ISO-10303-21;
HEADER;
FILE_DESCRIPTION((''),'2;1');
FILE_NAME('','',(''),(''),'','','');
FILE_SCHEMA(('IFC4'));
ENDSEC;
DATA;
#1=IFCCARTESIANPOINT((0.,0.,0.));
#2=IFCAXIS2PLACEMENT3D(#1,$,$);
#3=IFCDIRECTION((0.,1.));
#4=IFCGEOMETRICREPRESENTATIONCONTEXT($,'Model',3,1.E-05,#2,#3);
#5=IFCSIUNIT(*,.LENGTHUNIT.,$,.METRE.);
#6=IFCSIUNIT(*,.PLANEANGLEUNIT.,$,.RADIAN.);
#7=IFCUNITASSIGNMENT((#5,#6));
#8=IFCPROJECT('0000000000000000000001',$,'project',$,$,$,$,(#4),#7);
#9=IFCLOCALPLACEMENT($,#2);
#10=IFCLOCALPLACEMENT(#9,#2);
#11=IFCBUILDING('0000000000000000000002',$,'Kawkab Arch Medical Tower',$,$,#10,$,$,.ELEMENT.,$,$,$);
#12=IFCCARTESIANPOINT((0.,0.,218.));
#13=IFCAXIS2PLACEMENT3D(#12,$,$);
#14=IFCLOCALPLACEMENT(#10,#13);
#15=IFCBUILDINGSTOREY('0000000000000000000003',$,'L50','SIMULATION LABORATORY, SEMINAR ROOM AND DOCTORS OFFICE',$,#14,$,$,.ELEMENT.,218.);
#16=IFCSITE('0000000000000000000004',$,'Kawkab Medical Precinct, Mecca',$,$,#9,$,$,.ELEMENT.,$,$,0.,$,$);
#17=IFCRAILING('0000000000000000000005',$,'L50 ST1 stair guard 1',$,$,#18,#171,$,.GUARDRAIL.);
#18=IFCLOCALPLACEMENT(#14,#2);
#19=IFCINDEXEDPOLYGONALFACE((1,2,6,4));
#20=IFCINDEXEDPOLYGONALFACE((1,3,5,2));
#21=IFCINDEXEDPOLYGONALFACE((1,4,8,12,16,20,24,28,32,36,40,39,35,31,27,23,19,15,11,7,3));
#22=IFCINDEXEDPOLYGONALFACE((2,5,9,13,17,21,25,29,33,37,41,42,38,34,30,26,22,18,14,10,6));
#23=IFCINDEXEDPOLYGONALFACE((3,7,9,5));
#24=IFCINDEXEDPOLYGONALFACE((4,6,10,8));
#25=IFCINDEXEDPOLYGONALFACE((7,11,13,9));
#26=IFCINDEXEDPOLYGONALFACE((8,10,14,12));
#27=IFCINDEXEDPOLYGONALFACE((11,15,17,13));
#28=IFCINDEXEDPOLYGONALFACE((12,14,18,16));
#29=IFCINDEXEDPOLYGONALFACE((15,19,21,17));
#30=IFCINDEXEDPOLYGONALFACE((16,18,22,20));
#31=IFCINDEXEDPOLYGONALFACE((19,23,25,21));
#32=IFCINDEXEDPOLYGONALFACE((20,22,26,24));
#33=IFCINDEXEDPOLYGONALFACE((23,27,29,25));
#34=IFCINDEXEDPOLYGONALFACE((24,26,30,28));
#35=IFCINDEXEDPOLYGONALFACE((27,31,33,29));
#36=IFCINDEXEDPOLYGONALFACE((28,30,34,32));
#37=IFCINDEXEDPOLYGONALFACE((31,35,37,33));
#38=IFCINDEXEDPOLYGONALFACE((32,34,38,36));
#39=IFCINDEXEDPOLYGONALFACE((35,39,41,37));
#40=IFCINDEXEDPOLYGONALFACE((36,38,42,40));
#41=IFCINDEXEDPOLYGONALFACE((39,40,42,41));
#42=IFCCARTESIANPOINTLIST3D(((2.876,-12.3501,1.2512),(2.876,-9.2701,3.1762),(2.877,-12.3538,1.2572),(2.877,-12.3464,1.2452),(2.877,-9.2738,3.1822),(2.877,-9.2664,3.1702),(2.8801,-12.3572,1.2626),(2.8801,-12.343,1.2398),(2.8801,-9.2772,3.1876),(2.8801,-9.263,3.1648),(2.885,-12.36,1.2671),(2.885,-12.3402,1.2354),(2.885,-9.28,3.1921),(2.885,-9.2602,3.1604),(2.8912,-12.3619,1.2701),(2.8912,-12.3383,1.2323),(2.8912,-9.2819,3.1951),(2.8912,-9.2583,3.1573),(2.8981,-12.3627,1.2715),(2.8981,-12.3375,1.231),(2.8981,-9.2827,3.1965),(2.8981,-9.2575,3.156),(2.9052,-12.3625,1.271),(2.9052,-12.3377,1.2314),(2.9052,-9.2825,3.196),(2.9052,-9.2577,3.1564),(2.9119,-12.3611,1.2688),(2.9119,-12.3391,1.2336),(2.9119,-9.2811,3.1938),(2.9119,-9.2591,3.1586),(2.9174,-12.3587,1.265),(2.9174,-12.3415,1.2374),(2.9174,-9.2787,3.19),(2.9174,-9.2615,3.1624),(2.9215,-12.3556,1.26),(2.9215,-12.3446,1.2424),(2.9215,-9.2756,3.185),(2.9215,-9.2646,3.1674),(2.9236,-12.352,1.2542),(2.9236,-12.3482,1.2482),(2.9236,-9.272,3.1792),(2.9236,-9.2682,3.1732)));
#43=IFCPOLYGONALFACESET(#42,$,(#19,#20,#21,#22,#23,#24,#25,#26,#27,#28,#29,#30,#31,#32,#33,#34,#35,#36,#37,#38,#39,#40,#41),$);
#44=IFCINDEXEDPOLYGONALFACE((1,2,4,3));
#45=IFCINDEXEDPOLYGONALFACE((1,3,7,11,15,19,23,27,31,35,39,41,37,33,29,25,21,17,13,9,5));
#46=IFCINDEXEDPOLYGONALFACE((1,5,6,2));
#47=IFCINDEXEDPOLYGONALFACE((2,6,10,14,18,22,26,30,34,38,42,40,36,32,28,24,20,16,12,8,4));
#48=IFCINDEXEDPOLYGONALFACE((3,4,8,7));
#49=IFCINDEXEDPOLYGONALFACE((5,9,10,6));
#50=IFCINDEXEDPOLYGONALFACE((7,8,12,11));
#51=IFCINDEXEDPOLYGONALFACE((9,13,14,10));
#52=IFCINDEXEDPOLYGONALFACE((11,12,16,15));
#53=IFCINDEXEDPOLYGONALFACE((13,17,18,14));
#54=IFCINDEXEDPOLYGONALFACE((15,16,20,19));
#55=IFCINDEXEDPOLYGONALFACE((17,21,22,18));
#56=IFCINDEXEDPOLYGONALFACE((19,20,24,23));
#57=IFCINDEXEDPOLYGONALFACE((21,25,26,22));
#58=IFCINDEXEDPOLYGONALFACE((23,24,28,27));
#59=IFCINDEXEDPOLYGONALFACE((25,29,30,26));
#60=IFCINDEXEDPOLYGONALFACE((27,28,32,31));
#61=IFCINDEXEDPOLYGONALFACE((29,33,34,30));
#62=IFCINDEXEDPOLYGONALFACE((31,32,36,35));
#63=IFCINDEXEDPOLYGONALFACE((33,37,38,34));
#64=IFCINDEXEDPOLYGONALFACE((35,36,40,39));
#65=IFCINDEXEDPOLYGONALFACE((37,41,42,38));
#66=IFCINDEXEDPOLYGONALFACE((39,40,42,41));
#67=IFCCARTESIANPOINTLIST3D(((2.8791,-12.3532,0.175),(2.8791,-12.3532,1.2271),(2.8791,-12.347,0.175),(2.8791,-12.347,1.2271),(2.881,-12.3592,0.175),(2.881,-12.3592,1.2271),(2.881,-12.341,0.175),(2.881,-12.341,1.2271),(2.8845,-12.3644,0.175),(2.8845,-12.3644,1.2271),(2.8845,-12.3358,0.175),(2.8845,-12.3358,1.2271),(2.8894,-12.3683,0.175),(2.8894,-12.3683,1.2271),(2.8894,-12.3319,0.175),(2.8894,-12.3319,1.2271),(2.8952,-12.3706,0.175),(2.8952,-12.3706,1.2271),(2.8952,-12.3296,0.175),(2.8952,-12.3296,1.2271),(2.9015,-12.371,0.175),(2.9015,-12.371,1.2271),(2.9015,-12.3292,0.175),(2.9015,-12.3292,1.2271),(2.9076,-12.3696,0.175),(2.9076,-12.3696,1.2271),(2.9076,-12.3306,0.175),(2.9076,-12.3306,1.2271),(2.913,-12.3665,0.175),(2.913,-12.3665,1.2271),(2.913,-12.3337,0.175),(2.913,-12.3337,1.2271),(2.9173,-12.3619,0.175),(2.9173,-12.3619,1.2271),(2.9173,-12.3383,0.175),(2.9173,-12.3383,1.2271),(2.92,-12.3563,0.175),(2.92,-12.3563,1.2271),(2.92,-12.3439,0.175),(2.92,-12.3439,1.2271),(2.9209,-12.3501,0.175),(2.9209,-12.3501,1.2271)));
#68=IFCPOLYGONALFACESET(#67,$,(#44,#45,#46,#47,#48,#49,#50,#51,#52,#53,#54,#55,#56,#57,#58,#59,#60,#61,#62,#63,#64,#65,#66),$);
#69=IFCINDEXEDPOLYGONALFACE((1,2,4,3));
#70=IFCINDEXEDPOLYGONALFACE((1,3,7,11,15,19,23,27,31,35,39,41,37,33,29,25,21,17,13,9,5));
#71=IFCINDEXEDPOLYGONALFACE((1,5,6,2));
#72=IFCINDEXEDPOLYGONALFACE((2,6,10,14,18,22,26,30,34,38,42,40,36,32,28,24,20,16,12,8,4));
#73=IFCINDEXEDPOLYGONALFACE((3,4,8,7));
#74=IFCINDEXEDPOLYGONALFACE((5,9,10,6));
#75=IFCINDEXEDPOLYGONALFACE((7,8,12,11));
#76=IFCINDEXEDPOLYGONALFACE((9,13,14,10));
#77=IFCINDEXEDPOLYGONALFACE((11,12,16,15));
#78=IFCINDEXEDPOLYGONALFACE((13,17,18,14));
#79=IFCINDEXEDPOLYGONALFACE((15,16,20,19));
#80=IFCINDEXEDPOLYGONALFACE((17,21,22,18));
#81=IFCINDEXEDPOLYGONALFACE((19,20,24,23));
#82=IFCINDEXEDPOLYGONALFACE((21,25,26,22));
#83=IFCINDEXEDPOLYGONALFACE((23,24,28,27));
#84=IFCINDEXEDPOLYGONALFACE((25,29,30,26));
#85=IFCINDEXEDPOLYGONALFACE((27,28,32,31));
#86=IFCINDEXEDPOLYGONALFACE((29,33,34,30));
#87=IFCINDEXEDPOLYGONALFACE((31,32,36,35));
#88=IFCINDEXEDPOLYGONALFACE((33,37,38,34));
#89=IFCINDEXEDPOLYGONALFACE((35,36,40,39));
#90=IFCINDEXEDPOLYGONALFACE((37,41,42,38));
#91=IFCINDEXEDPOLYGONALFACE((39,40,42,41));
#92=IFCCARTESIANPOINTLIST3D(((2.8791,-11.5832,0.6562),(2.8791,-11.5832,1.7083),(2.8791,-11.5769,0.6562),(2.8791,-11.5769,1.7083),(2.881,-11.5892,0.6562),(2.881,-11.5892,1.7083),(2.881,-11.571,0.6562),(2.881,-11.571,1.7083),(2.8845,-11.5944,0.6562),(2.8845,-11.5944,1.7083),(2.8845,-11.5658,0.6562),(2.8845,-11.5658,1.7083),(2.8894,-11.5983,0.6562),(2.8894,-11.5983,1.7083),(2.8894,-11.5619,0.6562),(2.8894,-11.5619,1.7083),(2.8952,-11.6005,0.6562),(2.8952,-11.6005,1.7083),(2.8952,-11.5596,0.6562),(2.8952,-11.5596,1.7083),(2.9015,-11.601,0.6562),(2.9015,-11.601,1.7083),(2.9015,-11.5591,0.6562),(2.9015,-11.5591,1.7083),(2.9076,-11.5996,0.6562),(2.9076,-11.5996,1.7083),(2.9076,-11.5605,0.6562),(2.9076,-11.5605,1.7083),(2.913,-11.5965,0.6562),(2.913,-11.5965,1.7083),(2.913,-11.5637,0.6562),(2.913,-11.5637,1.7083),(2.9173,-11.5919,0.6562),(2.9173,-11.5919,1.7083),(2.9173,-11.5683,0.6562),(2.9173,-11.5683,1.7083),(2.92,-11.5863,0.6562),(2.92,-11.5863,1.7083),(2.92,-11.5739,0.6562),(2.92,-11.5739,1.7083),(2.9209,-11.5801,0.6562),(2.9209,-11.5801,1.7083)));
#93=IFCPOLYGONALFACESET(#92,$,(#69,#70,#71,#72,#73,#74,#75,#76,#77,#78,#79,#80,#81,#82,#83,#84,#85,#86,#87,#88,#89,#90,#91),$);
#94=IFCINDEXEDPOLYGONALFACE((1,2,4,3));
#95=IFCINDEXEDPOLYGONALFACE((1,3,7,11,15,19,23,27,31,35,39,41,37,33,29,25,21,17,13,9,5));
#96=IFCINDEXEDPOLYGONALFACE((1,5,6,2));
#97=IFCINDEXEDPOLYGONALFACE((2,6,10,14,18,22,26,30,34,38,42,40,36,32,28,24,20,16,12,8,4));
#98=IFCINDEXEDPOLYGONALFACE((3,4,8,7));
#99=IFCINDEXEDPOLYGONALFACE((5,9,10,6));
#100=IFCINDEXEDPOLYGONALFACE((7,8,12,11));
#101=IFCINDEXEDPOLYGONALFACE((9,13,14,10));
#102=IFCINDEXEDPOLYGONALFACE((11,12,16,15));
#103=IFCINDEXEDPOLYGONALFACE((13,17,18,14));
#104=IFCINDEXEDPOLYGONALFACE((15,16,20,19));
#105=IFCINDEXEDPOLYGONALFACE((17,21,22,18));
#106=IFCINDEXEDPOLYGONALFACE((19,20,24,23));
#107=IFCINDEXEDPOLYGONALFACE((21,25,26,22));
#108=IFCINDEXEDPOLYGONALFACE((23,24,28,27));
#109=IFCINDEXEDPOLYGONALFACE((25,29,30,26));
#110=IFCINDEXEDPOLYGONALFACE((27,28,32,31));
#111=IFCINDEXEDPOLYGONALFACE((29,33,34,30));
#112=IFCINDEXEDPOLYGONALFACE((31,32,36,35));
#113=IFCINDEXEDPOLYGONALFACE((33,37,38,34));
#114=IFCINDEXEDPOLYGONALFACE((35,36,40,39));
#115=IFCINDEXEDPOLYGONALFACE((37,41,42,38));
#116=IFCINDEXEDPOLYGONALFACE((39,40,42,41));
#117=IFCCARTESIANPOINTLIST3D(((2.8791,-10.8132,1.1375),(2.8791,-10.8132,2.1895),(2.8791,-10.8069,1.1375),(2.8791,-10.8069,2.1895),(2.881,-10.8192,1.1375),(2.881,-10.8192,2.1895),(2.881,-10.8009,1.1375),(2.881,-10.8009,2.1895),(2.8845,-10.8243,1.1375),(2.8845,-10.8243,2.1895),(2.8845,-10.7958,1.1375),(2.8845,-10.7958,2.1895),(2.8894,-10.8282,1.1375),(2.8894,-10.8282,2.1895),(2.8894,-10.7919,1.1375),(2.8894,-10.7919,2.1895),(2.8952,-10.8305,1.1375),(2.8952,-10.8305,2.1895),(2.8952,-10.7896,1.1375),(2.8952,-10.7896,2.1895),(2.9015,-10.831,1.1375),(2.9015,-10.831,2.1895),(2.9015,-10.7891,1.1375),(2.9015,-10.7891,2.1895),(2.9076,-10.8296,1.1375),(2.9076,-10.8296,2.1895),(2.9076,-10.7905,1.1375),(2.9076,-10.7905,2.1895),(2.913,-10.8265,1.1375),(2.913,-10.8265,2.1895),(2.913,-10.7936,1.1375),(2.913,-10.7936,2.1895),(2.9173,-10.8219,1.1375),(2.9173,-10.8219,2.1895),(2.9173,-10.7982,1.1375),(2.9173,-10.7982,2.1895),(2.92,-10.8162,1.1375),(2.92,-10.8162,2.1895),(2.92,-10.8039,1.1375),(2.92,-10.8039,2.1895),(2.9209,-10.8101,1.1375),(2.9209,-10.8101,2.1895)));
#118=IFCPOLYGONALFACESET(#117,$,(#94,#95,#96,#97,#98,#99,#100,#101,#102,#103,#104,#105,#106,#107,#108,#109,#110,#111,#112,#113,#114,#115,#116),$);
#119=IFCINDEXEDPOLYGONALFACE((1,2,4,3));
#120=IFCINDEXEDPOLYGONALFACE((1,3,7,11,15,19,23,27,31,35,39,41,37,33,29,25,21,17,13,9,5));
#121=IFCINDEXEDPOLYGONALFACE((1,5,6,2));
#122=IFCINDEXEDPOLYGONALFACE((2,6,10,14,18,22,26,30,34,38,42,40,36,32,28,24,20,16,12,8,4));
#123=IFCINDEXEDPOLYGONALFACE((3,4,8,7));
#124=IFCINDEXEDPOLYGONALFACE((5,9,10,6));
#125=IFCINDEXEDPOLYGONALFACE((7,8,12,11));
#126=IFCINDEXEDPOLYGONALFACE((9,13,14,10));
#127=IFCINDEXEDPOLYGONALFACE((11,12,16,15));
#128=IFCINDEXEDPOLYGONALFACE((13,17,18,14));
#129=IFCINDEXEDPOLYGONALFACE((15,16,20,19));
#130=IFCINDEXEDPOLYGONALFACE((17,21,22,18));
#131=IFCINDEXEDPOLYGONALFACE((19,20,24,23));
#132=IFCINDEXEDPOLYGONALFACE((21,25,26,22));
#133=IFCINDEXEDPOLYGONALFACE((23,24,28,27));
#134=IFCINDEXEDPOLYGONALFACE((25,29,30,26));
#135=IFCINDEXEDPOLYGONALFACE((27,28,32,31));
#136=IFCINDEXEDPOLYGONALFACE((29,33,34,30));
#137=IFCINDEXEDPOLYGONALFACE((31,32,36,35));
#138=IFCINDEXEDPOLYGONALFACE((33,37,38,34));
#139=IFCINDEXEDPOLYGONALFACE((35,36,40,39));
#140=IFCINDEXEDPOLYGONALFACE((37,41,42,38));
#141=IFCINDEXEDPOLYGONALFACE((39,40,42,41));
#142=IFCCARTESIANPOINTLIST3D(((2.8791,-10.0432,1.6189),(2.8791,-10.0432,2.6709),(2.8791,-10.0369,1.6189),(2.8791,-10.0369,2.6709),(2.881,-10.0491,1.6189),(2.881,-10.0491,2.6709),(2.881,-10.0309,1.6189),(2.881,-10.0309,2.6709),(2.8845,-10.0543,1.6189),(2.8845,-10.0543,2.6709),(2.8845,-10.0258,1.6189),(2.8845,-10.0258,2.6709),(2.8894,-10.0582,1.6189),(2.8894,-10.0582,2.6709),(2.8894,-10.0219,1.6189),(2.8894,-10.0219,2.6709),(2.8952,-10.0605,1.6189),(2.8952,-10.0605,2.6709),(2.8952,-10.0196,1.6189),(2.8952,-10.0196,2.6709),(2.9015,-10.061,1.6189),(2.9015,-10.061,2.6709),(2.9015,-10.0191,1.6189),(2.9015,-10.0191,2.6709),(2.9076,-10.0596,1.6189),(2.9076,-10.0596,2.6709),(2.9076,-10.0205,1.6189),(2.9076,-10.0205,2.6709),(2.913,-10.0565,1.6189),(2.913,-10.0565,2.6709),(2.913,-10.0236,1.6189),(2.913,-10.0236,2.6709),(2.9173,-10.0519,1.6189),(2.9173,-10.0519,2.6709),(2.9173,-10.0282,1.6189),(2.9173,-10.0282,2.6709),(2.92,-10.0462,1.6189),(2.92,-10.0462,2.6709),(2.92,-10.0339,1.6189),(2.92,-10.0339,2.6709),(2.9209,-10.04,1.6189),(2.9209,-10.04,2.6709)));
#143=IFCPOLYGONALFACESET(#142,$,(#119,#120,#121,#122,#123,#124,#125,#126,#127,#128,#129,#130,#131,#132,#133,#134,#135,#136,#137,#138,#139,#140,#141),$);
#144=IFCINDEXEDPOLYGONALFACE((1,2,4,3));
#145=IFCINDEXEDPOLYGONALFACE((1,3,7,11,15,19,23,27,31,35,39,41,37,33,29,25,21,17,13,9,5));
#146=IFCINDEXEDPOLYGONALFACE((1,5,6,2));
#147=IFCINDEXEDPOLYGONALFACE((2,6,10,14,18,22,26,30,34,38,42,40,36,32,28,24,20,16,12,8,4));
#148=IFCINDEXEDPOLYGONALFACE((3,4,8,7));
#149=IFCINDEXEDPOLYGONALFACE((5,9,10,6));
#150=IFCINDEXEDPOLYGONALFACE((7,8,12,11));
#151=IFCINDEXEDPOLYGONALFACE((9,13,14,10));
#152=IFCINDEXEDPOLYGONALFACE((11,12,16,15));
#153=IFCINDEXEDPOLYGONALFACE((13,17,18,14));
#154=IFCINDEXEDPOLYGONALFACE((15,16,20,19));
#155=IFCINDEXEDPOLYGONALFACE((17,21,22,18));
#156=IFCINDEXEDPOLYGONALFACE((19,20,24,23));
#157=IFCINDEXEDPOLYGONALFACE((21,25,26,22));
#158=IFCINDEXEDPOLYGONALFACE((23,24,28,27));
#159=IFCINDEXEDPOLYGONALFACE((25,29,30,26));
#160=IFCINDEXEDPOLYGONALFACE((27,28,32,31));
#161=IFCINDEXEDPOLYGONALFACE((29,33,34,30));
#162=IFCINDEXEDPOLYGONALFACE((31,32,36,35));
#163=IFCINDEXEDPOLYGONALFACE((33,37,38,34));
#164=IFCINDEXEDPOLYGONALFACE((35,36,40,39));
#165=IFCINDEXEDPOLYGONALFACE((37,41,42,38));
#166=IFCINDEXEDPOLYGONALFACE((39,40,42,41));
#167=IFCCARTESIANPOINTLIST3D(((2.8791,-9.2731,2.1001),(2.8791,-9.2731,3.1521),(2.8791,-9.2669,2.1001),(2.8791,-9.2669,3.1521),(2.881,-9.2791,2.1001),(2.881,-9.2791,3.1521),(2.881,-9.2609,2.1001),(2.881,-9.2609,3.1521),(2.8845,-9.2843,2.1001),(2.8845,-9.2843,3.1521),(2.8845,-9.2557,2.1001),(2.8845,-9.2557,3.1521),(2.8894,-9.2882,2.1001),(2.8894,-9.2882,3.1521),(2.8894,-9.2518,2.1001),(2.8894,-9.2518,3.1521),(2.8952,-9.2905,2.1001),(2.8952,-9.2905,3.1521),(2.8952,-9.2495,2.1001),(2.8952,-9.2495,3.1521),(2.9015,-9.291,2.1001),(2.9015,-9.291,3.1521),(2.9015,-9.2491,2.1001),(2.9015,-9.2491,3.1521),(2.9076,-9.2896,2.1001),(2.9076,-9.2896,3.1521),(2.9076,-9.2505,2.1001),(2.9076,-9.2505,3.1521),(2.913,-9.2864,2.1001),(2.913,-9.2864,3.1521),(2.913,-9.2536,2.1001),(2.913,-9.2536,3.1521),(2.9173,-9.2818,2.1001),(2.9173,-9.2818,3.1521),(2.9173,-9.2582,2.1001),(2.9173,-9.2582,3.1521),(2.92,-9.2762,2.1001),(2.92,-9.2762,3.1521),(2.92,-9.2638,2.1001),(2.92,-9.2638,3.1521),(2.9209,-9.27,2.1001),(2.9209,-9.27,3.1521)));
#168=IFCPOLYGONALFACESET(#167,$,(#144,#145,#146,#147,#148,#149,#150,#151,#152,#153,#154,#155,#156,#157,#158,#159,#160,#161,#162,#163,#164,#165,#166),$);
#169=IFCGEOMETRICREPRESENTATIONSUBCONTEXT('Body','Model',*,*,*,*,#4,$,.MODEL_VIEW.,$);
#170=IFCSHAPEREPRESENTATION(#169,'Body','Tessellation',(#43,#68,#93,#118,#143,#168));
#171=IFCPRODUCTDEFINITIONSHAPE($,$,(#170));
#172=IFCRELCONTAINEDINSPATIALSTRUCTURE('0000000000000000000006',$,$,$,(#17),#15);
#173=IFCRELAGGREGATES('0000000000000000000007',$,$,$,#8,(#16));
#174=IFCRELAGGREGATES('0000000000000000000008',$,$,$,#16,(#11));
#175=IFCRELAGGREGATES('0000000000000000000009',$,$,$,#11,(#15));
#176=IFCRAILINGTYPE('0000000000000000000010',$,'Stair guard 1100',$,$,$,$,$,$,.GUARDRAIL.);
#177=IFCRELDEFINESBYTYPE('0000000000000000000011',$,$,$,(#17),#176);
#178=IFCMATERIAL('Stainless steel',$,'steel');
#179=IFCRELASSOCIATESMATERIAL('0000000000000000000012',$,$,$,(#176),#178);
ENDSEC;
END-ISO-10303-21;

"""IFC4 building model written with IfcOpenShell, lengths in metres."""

from ifc_helpers import new_model, si_unit, direction, frame, origin, origin_2d, place, context, subcontext, project, spatial, circle, extrude, material, type_object, element, save


model = new_model("IFC4")

# Units and contexts
model_context = context("Model", 3, precision=1e-05, world=origin(), true_north=direction((0.0, 1.0)))
body_context = subcontext(model_context, "Body", "Model", "MODEL_VIEW")
ifc_project = project(units=[si_unit("LENGTHUNIT", "METRE"), si_unit("PLANEANGLEUNIT", "RADIAN")], contexts=[model_context])

# Site, building, storey
site_placement = place(None, origin())
site = spatial("IfcSite", under=ifc_project, at=site_placement, Name="Kawkab Medical Precinct, Mecca", CompositionType="ELEMENT", RefElevation=0.0)
building_placement = place(site_placement, origin())
building = spatial("IfcBuilding", under=site, at=building_placement, Name="Kawkab Arch Medical Tower", CompositionType="ELEMENT")
storey_placement = place(building_placement, frame((0.0, 0.0, 218.0)))
storey = spatial("IfcBuildingStorey", under=building, at=storey_placement, Name="L50", Description="SIMULATION LABORATORY, SEMINAR ROOM AND DOCTORS OFFICE", CompositionType="ELEMENT", Elevation=218.0)

# Railing
ifc_material_1 = material(Name="Stainless steel", Category="steel")
railing_type_1 = type_object("IfcRailingType", Name="Stair guard 1100", PredefinedType="GUARDRAIL", material=ifc_material_1)
railing_1_placement = place(storey_placement, frame((2.8999, -12.3501, 0.175)))
element("IfcRailing", 1, at=railing_1_placement, inside=storey, type_object=railing_type_1, Name="L50 ST1 stair guard 1", PredefinedType="GUARDRAIL", context=body_context, shape_type="SweptSolid", body=[
    extrude(circle(Radius=0.0239, at=origin_2d()), frame((0.0, 0.0, 1.0762), z_axis=(0.0, 0.847998, 0.529999), x_axis=(-1.0, 0.0, 0.0)), (0.0, 0.0, 1.0), 3.6321),
    extrude(circle(Radius=0.021, at=origin_2d()), origin(), (0.0, 0.0, 1.0), 1.052),
    extrude(circle(Radius=0.021, at=origin_2d()), frame((0.0, 0.77, 0.4812)), (0.0, 0.0, 1.0), 1.052),
    extrude(circle(Radius=0.021, at=origin_2d()), frame((0.0, 1.54, 0.9624)), (0.0, 0.0, 1.0), 1.052),
    extrude(circle(Radius=0.021, at=origin_2d()), frame((0.0, 2.3101, 1.4438)), (0.0, 0.0, 1.0), 1.052),
    extrude(circle(Radius=0.021, at=origin_2d()), frame((0.0, 3.0801, 1.925)), (0.0, 0.0, 1.0), 1.052),
])

save(model, "model.ifc")
